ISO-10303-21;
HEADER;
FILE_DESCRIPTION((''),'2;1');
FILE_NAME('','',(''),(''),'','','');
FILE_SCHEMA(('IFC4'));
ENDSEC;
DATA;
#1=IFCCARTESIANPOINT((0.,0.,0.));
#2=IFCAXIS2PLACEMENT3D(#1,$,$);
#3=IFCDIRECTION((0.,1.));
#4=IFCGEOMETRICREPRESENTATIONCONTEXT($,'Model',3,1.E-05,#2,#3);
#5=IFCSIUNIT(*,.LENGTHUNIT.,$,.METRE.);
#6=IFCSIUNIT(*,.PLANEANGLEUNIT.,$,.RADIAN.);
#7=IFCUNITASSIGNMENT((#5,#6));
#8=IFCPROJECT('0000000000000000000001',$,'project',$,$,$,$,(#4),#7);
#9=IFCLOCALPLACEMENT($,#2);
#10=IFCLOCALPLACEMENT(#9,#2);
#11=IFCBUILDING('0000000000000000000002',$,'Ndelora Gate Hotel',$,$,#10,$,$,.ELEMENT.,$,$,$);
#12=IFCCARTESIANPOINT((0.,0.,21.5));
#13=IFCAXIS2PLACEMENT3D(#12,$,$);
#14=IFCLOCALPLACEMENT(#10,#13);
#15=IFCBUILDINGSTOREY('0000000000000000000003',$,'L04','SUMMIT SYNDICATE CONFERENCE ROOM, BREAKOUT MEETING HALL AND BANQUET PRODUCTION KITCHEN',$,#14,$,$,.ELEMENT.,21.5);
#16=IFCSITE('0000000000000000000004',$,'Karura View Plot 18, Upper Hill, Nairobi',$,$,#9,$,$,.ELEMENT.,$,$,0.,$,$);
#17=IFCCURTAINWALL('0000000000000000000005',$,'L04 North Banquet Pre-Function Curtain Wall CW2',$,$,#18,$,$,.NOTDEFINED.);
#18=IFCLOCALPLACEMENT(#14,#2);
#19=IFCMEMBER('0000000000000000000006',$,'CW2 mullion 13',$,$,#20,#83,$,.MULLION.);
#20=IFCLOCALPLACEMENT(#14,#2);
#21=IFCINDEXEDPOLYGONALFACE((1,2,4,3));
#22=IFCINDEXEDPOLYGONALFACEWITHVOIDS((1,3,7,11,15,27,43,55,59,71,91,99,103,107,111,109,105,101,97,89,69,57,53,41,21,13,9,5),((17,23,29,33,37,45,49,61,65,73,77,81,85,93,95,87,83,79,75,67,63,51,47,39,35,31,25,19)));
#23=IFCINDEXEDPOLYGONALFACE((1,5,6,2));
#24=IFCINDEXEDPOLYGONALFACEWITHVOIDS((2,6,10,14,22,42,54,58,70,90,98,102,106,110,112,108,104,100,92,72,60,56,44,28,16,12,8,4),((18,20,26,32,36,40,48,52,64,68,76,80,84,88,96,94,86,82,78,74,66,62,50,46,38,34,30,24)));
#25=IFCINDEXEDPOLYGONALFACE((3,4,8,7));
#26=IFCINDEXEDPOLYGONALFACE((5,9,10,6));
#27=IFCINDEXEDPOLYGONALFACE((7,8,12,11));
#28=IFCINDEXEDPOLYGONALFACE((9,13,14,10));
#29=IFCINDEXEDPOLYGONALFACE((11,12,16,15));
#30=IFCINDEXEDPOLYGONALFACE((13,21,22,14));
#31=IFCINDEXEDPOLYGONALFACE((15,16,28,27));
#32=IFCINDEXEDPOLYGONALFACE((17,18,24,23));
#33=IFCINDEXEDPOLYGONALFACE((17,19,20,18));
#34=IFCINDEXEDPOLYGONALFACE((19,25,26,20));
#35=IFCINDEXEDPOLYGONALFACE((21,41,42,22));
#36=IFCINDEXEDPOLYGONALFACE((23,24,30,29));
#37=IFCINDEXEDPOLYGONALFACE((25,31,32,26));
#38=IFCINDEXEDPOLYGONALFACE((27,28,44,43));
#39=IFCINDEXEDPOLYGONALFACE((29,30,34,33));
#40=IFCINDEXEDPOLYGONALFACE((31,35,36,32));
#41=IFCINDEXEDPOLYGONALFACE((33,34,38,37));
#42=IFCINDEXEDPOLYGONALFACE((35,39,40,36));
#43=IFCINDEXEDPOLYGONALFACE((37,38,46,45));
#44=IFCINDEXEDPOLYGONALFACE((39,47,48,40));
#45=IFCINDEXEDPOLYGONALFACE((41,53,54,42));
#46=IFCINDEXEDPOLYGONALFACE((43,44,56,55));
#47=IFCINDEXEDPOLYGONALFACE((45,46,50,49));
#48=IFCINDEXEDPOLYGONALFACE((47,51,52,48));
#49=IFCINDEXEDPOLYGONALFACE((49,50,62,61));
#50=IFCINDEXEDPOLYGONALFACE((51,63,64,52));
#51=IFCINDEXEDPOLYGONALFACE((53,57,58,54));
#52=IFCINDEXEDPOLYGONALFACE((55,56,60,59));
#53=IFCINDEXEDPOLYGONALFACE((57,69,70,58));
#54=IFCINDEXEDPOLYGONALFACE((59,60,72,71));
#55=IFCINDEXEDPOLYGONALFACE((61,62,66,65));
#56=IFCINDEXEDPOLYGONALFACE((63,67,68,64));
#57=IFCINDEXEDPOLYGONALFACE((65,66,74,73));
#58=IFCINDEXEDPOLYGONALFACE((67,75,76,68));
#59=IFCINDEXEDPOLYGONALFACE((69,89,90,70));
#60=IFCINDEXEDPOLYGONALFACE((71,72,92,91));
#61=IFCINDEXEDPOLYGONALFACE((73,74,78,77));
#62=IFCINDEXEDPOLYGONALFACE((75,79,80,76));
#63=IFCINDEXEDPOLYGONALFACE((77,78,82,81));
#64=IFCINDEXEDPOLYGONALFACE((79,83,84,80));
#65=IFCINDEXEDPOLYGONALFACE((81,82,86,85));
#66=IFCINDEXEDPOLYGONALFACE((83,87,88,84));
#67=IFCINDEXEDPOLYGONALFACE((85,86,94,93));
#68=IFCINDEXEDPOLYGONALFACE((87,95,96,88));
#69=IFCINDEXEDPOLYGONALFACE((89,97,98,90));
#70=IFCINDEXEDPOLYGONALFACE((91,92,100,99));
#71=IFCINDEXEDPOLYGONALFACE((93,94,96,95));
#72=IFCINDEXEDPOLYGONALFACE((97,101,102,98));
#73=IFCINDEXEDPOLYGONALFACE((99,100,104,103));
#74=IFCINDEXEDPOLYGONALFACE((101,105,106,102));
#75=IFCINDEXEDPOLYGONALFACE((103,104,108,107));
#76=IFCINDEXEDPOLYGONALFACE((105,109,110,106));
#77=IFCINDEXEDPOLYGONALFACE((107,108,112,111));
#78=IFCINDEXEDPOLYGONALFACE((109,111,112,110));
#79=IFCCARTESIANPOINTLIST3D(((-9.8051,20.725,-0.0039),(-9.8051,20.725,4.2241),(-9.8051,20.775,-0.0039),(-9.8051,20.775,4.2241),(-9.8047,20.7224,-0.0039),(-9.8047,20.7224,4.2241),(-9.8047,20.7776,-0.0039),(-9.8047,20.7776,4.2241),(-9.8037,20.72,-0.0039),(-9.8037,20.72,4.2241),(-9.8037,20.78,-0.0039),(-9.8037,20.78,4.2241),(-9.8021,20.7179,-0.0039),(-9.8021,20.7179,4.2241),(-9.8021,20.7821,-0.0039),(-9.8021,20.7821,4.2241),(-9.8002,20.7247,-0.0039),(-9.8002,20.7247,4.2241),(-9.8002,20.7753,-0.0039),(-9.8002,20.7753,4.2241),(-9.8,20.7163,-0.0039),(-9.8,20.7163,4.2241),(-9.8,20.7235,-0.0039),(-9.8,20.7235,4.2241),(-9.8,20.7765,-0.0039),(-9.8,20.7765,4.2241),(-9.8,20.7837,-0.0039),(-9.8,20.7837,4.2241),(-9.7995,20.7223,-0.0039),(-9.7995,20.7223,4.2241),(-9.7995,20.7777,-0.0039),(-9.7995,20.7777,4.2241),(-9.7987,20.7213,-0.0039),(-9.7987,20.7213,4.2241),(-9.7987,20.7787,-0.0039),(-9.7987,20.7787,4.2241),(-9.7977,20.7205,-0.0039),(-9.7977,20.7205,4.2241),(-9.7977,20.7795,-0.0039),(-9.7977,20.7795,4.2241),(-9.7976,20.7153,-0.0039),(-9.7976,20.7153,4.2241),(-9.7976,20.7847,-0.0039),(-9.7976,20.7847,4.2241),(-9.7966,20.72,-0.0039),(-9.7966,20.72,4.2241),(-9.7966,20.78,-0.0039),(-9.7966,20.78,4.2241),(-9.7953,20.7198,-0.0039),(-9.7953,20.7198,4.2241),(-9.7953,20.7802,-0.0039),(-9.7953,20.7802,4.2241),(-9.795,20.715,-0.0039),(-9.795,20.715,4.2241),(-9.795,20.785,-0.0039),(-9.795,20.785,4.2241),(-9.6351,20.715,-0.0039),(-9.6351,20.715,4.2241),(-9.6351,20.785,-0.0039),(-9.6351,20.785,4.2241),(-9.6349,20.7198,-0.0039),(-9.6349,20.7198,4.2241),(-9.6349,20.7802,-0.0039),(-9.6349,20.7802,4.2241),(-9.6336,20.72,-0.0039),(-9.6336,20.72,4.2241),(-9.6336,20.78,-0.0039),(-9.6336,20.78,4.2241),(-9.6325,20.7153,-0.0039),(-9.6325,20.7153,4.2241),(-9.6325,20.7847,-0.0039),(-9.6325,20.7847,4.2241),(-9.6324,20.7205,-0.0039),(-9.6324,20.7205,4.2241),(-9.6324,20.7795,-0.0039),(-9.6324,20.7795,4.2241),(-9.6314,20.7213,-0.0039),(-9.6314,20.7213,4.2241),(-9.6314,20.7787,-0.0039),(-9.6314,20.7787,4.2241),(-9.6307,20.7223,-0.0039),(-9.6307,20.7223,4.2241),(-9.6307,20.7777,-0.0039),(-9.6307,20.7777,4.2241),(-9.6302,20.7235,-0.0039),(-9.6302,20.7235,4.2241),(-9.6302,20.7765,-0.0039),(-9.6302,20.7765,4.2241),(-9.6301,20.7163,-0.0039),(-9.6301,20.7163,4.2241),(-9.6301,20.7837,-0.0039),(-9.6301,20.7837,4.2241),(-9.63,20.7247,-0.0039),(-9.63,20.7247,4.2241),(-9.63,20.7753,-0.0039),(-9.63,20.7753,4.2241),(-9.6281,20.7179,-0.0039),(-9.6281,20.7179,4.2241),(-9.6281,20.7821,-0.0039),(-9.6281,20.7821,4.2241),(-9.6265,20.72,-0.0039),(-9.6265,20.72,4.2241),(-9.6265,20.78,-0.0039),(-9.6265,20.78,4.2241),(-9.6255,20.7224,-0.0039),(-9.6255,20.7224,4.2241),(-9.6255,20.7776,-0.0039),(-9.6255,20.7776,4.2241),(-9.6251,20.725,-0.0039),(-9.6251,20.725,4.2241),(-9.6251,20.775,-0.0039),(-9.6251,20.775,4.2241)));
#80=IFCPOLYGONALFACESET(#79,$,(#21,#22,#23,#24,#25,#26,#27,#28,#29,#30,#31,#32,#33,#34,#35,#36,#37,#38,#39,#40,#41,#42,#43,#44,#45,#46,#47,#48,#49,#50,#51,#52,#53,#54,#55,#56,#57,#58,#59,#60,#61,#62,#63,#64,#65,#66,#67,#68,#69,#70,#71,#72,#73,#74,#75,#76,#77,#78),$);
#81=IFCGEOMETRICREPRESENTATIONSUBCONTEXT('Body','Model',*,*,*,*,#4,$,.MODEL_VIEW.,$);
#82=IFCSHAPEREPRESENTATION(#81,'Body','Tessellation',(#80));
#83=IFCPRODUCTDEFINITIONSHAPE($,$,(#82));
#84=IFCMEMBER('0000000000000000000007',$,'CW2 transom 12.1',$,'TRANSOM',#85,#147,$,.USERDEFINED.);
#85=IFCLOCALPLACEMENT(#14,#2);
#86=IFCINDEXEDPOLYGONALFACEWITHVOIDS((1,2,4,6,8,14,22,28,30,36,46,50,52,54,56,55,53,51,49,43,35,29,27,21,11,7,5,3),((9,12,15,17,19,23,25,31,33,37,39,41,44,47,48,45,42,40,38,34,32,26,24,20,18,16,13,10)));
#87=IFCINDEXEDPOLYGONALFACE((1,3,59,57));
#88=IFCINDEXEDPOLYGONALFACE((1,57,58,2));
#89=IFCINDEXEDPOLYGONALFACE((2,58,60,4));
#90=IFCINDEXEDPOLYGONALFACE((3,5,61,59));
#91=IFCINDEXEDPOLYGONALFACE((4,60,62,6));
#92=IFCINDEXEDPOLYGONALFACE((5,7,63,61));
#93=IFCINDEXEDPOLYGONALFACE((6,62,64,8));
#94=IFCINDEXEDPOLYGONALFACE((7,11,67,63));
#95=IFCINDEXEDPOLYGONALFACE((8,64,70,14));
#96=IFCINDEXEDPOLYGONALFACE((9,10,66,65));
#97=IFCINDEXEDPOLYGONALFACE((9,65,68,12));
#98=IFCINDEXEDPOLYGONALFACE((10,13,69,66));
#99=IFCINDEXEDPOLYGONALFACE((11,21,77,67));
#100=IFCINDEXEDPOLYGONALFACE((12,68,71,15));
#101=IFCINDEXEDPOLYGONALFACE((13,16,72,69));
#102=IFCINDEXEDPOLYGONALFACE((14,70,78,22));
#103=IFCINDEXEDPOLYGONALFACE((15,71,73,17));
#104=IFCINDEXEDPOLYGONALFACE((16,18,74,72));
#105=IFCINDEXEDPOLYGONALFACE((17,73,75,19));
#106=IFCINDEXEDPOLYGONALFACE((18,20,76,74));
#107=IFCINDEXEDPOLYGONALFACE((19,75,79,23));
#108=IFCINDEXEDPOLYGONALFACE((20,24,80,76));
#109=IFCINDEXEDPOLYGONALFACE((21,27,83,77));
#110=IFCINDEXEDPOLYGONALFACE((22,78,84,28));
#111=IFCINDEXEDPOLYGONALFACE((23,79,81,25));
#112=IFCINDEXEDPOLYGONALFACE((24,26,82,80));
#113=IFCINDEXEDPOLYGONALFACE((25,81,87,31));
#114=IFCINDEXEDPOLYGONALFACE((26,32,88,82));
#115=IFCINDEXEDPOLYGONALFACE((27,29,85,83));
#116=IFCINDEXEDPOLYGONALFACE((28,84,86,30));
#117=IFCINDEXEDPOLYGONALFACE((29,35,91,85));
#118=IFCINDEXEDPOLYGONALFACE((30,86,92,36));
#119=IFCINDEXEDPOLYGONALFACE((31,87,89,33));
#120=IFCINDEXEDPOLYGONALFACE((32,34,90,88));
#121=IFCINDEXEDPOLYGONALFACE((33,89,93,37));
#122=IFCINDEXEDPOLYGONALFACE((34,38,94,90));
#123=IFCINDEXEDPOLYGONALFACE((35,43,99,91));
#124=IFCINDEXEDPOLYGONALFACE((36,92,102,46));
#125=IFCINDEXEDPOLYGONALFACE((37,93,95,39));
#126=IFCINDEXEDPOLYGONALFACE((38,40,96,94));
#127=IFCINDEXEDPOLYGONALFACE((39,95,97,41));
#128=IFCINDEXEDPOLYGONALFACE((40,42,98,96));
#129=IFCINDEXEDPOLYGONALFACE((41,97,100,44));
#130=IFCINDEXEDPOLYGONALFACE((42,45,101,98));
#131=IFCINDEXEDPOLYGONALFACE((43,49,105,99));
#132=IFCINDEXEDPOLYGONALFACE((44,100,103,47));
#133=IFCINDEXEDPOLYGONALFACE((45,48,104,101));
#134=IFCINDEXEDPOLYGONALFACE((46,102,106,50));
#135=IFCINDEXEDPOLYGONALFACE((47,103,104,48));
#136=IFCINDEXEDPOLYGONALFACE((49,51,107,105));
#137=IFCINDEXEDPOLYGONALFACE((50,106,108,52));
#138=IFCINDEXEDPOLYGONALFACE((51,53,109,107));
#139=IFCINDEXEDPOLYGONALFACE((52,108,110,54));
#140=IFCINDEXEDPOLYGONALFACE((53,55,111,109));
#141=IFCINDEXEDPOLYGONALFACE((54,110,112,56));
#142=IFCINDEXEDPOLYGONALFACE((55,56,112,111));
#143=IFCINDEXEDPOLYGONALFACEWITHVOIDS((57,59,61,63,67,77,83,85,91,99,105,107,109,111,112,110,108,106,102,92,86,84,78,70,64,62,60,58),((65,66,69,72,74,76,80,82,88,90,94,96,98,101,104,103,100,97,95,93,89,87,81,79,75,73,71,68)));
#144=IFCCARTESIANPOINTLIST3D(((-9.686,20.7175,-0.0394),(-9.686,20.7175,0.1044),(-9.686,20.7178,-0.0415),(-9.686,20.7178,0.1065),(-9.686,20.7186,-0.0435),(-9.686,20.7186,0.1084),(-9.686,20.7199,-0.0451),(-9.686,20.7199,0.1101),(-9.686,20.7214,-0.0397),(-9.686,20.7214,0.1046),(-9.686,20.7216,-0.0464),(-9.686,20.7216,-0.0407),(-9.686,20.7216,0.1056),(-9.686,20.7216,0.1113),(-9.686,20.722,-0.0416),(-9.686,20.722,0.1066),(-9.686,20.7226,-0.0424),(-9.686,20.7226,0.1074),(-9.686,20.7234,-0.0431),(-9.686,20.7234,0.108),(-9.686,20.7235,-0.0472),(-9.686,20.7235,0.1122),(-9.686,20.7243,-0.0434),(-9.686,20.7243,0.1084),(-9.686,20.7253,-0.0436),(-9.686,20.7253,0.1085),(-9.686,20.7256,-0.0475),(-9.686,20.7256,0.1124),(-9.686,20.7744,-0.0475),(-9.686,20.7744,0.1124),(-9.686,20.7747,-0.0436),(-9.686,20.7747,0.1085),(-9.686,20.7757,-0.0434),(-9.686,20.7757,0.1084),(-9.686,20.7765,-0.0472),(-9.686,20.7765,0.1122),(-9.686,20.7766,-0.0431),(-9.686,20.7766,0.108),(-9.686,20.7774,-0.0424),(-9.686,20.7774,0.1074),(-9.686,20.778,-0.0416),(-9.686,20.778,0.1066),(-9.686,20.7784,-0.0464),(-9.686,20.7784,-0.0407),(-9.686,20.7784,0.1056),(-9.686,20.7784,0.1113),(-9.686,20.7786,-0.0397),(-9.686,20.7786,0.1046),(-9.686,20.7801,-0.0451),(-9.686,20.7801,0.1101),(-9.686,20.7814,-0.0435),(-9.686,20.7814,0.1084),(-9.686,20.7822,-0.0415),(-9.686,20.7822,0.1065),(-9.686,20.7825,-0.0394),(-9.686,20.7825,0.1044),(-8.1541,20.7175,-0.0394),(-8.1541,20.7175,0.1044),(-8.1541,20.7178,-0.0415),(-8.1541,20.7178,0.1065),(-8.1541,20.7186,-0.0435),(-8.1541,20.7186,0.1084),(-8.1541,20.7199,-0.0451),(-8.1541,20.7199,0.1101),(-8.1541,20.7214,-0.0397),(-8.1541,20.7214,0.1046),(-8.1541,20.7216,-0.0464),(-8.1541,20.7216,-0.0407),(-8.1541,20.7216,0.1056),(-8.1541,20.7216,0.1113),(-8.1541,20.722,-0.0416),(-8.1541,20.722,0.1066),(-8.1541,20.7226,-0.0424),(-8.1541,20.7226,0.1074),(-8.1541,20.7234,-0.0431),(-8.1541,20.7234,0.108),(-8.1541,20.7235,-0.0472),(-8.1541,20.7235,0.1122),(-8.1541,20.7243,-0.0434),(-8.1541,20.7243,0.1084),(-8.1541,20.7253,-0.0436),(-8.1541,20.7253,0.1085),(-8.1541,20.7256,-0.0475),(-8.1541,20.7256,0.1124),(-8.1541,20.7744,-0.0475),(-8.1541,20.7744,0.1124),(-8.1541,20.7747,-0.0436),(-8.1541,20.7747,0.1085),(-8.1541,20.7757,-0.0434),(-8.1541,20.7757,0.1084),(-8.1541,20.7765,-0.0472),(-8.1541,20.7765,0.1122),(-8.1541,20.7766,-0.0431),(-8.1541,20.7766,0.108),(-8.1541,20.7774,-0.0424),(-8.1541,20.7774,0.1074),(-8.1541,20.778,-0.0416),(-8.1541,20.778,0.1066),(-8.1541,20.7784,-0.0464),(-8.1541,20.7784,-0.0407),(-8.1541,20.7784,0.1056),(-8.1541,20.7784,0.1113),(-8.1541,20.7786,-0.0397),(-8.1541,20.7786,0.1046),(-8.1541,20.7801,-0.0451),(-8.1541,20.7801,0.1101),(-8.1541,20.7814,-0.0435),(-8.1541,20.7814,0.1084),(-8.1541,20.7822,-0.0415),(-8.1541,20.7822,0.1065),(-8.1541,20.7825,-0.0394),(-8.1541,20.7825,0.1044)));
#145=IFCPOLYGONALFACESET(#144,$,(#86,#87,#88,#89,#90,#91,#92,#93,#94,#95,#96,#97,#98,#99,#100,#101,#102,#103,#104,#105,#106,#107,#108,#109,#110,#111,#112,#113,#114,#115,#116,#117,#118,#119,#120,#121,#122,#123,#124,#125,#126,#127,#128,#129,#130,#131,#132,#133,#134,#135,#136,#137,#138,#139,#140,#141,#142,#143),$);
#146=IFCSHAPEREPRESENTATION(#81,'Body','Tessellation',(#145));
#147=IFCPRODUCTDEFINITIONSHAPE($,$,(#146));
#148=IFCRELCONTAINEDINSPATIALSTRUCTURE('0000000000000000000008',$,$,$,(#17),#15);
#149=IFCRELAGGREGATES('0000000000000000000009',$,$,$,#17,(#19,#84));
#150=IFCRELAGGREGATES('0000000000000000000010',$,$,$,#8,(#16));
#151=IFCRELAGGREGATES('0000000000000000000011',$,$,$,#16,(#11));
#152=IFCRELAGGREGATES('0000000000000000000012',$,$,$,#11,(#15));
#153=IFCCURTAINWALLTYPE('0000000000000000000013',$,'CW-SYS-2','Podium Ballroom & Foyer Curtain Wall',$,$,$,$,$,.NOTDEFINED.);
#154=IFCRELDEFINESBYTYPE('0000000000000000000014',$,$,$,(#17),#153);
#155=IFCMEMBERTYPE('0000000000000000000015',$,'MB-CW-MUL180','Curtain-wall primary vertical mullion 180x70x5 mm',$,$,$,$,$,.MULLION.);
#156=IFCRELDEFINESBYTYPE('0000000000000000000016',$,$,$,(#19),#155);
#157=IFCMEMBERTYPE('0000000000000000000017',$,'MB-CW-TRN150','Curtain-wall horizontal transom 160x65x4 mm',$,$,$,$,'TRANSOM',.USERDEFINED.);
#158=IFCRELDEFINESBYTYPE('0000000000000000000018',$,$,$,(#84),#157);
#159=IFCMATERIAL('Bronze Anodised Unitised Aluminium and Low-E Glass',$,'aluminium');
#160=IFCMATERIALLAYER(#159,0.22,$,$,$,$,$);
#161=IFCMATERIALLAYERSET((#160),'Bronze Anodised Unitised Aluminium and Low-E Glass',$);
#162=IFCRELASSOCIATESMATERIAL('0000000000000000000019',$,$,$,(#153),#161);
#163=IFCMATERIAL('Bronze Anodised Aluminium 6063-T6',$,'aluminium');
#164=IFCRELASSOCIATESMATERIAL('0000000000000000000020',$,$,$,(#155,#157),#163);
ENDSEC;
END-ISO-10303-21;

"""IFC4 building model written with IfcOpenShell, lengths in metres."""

from ifc_helpers import new_model, si_unit, direction, frame, origin, origin_2d, place, context, subcontext, project, spatial, hollow_rectangle, extrude, material, layer, layer_set, material_profile, profile_set, type_object, element, aggregate, save


model = new_model("IFC4")

# Units and contexts
model_context = context("Model", 3, precision=1e-05, world=origin(), true_north=direction((0.0, 1.0)))
body_context = subcontext(model_context, "Body", "Model", "MODEL_VIEW")
ifc_project = project(units=[si_unit("LENGTHUNIT", "METRE"), si_unit("PLANEANGLEUNIT", "RADIAN")], contexts=[model_context])

# Site, building, storey
site_placement = place(None, origin())
site = spatial("IfcSite", under=ifc_project, at=site_placement, Name="Karura View Plot 18, Upper Hill, Nairobi", CompositionType="ELEMENT", RefElevation=0.0)
building_placement = place(site_placement, origin())
building = spatial("IfcBuilding", under=site, at=building_placement, Name="Ndelora Gate Hotel", CompositionType="ELEMENT")
storey_placement = place(building_placement, frame((0.0, 0.0, 21.5)))
storey = spatial("IfcBuildingStorey", under=building, at=storey_placement, Name="L04", Description="SUMMIT SYNDICATE CONFERENCE ROOM, BREAKOUT MEETING HALL AND BANQUET PRODUCTION KITCHEN", CompositionType="ELEMENT", Elevation=21.5)

# Curtain wall, members
ifc_material_1 = material(Name="Bronze Anodised Unitised Aluminium and Low-E Glass", Category="aluminium")
ifc_layer_1 = layer(ifc_material_1, 0.22)
ifc_layer_set_1 = layer_set([ifc_layer_1], Name="Bronze Anodised Unitised Aluminium and Low-E Glass")
curtain_wall_type = type_object("IfcCurtainWallType", Name="CW-SYS-2", Description="Podium Ballroom & Foyer Curtain Wall", PredefinedType="NOTDEFINED", material=ifc_layer_set_1)
curtain_wall_placement = place(storey_placement, origin())
curtain_wall = element("IfcCurtainWall", 1, at=curtain_wall_placement, inside=storey, type_object=curtain_wall_type, Name="L04 North Banquet Pre-Function Curtain Wall CW2", PredefinedType="NOTDEFINED")
ifc_material_2 = material(Name="Bronze Anodised Aluminium 6063-T6", Category="aluminium")
ifc_material_profile_1 = material_profile(ifc_material_2, hollow_rectangle(XDim=0.0701, YDim=0.1799, WallThickness=0.0049, InnerFilletRadius=0.0049, OuterFilletRadius=0.01, at=origin_2d()), Name="ALU 180x70x5")
ifc_profile_set_1 = profile_set([ifc_material_profile_1], Name="Bronze Anodised Aluminium 6063-T6")
member_type_1 = type_object("IfcMemberType", Name="MB-CW-MUL180", Description="Curtain-wall primary vertical mullion 180x70x5 mm", PredefinedType="MULLION", material=ifc_profile_set_1)
member_1_placement = place(storey_placement, frame((-9.7151, 20.75, -0.0039), z_axis=(0.0, 0.0, 1.0), x_axis=(0.0, -1.0, 0.0)))
member_1 = element("IfcMember", 2, at=member_1_placement, type_object=member_type_1, Name="CW2 mullion 13", PredefinedType="MULLION", context=body_context, shape_type="SweptSolid", body=[
    extrude(hollow_rectangle(XDim=0.0701, YDim=0.1799, WallThickness=0.0049, InnerFilletRadius=0.0049, OuterFilletRadius=0.01, at=origin_2d()), origin(), (0.0, 0.0, 1.0), 4.228),
])
ifc_material_profile_2 = material_profile(ifc_material_2, hollow_rectangle(XDim=0.0649, YDim=0.1599, WallThickness=0.0039, InnerFilletRadius=0.0039, OuterFilletRadius=0.0081, at=origin_2d()), Name="ALU 160x65x4")
ifc_profile_set_2 = profile_set([ifc_material_profile_2], Name="Bronze Anodised Aluminium 6063-T6")
member_type_2 = type_object("IfcMemberType", Name="MB-CW-TRN150", Description="Curtain-wall horizontal transom 160x65x4 mm", ElementType="TRANSOM", PredefinedType="USERDEFINED", material=ifc_profile_set_2)
member_2_placement = place(storey_placement, frame((-8.1541, 20.75, 0.0325), z_axis=(-1.0, 0.0, 0.0), x_axis=(0.0, -1.0, 0.0)))
member_2 = element("IfcMember", 3, at=member_2_placement, type_object=member_type_2, Name="CW2 transom 12.1", ObjectType="TRANSOM", PredefinedType="USERDEFINED", context=body_context, shape_type="SweptSolid", body=[
    extrude(hollow_rectangle(XDim=0.0649, YDim=0.1599, WallThickness=0.0039, InnerFilletRadius=0.0039, OuterFilletRadius=0.0081, at=origin_2d()), origin(), (0.0, 0.0, 1.0), 1.532),
])
aggregate(curtain_wall, [member_1, member_2])

save(model, "model.ifc")
